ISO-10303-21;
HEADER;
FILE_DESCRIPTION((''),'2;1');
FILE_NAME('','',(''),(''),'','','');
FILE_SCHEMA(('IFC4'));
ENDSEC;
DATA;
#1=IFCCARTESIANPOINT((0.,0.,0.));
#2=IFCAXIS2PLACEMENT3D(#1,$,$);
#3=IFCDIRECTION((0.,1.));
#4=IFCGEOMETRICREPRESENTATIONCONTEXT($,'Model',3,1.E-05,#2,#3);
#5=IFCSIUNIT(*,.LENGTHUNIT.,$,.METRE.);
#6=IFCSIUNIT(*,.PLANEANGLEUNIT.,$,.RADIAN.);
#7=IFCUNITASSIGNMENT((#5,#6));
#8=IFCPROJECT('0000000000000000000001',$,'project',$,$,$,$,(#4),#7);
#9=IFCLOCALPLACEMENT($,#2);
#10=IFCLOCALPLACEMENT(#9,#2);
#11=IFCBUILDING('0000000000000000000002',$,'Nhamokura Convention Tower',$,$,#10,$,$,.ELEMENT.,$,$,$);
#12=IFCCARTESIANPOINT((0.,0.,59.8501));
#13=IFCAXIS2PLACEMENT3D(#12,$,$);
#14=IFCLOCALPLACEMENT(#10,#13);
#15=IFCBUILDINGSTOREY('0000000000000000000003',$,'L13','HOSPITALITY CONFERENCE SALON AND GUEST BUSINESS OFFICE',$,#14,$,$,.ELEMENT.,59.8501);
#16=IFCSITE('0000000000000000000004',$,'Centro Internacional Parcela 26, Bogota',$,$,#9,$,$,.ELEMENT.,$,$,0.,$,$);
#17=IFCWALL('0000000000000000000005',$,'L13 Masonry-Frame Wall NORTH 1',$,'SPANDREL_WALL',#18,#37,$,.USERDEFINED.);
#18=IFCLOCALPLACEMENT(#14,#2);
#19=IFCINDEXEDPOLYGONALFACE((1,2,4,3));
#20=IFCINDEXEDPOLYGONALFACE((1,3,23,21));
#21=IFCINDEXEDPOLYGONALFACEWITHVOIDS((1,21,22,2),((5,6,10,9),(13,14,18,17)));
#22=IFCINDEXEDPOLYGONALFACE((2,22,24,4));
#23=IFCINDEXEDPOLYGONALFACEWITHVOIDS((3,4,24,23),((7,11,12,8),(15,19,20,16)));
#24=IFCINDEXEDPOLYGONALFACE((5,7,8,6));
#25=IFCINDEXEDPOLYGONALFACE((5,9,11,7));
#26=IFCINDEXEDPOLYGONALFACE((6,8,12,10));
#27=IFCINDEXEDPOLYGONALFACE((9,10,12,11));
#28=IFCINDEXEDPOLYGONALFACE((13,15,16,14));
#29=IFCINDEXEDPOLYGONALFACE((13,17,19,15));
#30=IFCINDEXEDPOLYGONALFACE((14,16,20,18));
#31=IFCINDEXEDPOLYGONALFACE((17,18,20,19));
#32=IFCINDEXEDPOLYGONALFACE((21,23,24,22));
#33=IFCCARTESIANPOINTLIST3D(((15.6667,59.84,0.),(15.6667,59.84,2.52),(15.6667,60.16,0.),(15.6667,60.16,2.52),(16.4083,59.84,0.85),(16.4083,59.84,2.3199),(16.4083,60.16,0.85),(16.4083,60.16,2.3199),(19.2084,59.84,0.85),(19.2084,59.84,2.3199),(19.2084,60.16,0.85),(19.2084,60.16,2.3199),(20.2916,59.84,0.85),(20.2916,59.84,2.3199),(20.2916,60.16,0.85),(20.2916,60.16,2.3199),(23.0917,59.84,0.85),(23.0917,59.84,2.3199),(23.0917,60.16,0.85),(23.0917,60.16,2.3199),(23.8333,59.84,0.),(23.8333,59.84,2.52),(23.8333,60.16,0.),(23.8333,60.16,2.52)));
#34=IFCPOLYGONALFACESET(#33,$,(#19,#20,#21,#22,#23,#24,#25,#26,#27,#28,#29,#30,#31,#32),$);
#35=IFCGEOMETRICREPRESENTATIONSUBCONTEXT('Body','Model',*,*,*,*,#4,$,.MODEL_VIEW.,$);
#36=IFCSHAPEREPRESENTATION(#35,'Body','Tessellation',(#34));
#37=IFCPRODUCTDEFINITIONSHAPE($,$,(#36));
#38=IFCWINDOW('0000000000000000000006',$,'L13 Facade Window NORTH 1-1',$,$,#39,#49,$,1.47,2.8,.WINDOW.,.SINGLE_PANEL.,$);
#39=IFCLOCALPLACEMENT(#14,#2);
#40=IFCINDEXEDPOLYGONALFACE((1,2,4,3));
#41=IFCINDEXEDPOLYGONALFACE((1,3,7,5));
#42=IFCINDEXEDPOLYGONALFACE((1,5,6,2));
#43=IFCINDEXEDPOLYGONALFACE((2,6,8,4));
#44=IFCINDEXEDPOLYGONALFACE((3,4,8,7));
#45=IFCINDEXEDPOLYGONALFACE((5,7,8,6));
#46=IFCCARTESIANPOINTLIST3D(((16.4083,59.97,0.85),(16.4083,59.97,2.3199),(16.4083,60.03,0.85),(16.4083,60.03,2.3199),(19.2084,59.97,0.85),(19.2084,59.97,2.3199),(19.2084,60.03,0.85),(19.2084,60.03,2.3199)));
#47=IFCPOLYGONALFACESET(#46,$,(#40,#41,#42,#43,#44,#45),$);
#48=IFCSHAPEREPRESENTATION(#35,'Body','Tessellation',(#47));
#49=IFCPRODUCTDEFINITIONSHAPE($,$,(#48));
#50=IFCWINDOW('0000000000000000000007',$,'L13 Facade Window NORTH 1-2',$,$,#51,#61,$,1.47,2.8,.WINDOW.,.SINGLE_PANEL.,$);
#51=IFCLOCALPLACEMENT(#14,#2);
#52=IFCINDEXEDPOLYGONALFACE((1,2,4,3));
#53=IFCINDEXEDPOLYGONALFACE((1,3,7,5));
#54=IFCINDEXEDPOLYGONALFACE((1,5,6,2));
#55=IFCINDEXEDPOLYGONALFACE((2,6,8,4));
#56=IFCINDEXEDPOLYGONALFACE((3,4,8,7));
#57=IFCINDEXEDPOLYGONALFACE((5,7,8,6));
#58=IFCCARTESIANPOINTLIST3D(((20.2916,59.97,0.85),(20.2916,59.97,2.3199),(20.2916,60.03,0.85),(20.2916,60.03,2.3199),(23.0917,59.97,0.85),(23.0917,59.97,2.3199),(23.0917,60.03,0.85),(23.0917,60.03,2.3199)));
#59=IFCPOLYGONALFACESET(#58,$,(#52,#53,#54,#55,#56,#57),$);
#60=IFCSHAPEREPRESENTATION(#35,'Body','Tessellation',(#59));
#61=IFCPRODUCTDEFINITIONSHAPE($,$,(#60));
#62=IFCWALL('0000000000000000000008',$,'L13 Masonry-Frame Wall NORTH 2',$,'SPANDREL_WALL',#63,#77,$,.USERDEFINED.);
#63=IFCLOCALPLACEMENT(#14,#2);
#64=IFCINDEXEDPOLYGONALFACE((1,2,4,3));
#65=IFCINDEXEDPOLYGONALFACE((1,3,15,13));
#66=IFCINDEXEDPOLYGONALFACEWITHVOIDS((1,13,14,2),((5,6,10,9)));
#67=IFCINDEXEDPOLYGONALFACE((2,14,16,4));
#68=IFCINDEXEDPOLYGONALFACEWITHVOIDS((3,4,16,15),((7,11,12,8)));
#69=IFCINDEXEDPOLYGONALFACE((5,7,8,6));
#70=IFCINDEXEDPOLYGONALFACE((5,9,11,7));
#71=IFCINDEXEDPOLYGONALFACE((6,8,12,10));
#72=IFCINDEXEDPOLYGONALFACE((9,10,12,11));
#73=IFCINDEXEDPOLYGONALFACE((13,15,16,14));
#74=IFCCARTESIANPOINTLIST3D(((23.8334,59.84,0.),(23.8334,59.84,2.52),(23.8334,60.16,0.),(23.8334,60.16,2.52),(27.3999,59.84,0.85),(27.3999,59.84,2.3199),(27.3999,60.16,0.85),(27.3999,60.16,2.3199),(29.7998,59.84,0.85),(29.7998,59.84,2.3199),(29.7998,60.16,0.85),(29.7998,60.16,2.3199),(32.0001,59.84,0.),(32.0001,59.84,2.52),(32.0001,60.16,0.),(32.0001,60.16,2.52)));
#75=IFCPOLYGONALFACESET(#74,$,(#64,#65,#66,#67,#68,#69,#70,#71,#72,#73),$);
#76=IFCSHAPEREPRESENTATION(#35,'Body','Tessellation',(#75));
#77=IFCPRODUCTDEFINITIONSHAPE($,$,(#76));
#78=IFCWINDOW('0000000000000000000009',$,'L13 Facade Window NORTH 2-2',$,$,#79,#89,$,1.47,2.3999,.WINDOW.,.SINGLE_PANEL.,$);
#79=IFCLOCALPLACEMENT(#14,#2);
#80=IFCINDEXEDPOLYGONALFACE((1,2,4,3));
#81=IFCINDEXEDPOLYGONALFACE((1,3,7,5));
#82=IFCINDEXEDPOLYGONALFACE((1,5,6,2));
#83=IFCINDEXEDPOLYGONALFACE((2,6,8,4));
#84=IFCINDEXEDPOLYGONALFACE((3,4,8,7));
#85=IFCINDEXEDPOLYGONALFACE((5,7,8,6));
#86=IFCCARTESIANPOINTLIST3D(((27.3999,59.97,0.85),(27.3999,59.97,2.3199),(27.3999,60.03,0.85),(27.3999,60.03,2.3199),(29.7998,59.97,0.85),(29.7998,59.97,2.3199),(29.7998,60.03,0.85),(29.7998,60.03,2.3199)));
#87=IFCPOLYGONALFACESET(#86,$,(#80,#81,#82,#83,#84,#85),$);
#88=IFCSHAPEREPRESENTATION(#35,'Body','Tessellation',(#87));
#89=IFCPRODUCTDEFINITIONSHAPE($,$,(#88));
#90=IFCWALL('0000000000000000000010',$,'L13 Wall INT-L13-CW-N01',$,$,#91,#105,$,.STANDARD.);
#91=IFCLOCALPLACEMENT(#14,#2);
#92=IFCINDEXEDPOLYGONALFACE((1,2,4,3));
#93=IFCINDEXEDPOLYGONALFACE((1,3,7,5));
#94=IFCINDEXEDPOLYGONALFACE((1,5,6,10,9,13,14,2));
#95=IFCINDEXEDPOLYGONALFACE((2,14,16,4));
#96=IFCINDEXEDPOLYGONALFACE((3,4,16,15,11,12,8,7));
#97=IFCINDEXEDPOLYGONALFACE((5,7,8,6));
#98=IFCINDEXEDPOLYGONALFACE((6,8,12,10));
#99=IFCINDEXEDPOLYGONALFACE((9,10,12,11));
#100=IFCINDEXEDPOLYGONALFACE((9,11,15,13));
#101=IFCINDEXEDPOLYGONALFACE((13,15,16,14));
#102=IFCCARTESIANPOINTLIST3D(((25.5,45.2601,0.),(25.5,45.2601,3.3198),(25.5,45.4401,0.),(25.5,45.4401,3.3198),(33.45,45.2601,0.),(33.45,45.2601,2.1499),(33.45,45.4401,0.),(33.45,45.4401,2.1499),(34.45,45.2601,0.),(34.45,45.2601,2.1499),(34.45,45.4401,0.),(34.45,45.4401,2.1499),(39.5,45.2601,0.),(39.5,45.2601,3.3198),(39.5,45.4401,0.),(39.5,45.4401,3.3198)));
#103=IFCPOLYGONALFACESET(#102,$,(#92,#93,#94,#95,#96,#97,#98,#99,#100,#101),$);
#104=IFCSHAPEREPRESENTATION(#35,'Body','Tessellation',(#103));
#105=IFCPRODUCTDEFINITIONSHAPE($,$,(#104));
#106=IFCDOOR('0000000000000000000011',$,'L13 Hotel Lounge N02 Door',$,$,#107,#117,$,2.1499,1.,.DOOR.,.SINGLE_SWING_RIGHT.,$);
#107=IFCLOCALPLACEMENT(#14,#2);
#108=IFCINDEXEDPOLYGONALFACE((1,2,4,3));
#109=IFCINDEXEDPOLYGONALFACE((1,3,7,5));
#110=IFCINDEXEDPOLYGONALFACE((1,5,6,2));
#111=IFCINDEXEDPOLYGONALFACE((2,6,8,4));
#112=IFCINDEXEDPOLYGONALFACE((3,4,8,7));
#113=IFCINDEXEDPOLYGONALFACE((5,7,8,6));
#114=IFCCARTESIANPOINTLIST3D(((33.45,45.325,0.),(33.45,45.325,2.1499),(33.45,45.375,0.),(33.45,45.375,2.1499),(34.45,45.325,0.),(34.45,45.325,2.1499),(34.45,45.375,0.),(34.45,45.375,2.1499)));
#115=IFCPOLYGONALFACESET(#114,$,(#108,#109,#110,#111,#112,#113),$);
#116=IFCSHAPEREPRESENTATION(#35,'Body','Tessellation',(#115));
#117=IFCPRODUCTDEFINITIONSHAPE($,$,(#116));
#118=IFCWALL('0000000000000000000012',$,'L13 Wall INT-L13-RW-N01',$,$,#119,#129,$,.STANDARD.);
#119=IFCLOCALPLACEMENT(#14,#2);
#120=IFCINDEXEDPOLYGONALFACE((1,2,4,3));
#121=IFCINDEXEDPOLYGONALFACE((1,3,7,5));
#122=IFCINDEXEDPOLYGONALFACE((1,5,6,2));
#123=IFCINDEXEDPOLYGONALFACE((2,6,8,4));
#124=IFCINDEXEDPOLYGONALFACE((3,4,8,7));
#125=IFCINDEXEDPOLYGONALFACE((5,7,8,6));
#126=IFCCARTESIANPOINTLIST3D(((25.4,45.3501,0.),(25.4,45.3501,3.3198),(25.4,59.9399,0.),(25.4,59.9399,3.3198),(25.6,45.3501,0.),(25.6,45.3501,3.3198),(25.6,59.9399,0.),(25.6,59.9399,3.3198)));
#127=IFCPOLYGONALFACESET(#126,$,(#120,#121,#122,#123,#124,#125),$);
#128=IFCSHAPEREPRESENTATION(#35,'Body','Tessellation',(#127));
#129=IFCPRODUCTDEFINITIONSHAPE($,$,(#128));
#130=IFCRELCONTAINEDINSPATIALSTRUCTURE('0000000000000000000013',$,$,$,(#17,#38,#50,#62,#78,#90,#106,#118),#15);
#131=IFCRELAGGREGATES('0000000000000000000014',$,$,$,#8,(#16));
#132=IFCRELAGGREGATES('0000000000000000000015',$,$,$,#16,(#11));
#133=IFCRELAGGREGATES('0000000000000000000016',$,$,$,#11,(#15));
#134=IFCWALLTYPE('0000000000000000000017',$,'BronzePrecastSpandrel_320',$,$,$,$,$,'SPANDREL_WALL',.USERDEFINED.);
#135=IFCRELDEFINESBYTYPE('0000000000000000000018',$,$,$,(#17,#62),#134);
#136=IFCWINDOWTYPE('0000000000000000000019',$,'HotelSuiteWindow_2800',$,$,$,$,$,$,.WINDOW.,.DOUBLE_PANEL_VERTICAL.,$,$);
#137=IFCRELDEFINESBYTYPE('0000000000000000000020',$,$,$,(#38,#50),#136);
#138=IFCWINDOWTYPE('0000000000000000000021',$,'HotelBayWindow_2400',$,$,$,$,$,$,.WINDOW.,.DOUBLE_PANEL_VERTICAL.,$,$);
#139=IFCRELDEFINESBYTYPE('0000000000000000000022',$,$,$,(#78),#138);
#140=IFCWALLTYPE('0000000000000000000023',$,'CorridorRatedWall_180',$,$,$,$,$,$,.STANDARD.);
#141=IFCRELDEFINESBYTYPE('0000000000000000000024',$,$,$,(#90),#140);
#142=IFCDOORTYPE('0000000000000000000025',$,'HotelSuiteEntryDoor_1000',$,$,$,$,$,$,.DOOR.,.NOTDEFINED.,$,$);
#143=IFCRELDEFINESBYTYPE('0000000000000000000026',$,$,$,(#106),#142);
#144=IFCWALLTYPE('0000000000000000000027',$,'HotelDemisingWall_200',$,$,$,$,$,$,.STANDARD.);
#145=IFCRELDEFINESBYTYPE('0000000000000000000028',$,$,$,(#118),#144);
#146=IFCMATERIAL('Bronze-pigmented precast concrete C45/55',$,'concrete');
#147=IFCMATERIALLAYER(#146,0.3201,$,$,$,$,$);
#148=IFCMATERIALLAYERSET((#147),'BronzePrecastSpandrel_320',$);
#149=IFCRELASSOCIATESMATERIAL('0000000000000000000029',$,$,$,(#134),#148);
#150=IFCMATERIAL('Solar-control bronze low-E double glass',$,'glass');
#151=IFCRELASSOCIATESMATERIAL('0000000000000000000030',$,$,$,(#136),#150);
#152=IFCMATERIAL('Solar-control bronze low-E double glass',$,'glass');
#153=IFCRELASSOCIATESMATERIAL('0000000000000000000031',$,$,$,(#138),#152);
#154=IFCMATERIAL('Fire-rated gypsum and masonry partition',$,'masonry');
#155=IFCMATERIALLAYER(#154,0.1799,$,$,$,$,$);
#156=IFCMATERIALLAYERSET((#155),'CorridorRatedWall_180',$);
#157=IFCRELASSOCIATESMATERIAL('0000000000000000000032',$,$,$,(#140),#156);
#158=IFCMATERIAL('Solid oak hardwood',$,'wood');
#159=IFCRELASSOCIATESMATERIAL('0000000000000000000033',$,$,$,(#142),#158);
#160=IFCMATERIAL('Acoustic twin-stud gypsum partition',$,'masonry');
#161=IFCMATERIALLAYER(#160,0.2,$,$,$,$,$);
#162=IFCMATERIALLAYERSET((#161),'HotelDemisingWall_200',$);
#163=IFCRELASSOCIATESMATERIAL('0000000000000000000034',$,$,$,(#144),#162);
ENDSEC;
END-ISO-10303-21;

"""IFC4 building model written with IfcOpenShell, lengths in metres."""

from ifc_helpers import new_model, si_unit, direction, frame, frame_2d, origin, place, context, subcontext, project, spatial, rectangle, extrude, material, layer, layer_set, type_object, element, fill, save


model = new_model("IFC4")

# Units and contexts
model_context = context("Model", 3, precision=1e-05, world=origin(), true_north=direction((0.0, 1.0)))
body_context = subcontext(model_context, "Body", "Model", "MODEL_VIEW")
ifc_project = project(units=[si_unit("LENGTHUNIT", "METRE"), si_unit("PLANEANGLEUNIT", "RADIAN")], contexts=[model_context])

# Site, building, storey
site_placement = place(None, origin())
site = spatial("IfcSite", under=ifc_project, at=site_placement, Name="Centro Internacional Parcela 26, Bogota", CompositionType="ELEMENT", RefElevation=0.0)
building_placement = place(site_placement, origin())
building = spatial("IfcBuilding", under=site, at=building_placement, Name="Nhamokura Convention Tower", CompositionType="ELEMENT")
storey_placement = place(building_placement, frame((0.0, 0.0, 59.8501)))
storey = spatial("IfcBuildingStorey", under=building, at=storey_placement, Name="L13", Description="HOSPITALITY CONFERENCE SALON AND GUEST BUSINESS OFFICE", CompositionType="ELEMENT", Elevation=59.8501)

# Shared definitions
ifc_material_1 = material(Name="Bronze-pigmented precast concrete C45/55", Category="concrete")
ifc_layer_1 = layer(ifc_material_1, 0.3201)
ifc_layer_set_1 = layer_set([ifc_layer_1], Name="BronzePrecastSpandrel_320")
wall_type_1 = type_object("IfcWallType", Name="BronzePrecastSpandrel_320", ElementType="SPANDREL_WALL", PredefinedType="USERDEFINED", material=ifc_layer_set_1)

# Wall, openings, windows
wall_1_placement = place(storey_placement, frame((15.6667, 60.0, 0.0), z_axis=(0.0, 0.0, 1.0), x_axis=(1.0, 0.0, 0.0)))
wall_1 = element("IfcWall", 1, at=wall_1_placement, inside=storey, type_object=wall_type_1, Name="L13 Masonry-Frame Wall NORTH 1", ObjectType="SPANDREL_WALL", PredefinedType="USERDEFINED", context=body_context, shape_type="SweptSolid", body=[
    extrude(rectangle(XDim=8.1665, YDim=0.3201, at=frame_2d((4.0833, 0.0))), origin(), (0.0, 0.0, 1.0), 2.52),
])
opening_1_placement = place(wall_1_placement, frame((0.7417, 0.0, 0.8501)))
opening_1 = element("IfcOpeningElement", 2, at=opening_1_placement, cuts=wall_1, PredefinedType="OPENING", context=body_context, shape_type="SweptSolid", body=[
    extrude(rectangle(XDim=2.8, YDim=1.47, at=frame_2d((1.3999, 0.7349))), frame((0.0, 0.1699, 0.0), z_axis=(0.0, -1.0, 0.0), x_axis=(1.0, 0.0, 0.0)), (0.0, 0.0, 1.0), 0.3401),
])
opening_2_placement = place(wall_1_placement, frame((4.625, 0.0, 0.8501)))
opening_2 = element("IfcOpeningElement", 3, at=opening_2_placement, cuts=wall_1, PredefinedType="OPENING", context=body_context, shape_type="SweptSolid", body=[
    extrude(rectangle(XDim=2.8, YDim=1.47, at=frame_2d((1.3999, 0.7349))), frame((0.0, 0.1699, 0.0), z_axis=(0.0, -1.0, 0.0), x_axis=(1.0, 0.0, 0.0)), (0.0, 0.0, 1.0), 0.3401),
])
ifc_material_2 = material(Name="Solar-control bronze low-E double glass", Category="glass")
window_type_1 = type_object("IfcWindowType", Name="HotelSuiteWindow_2800", PartitioningType="DOUBLE_PANEL_VERTICAL", PredefinedType="WINDOW", material=ifc_material_2)
window_1_placement = place(opening_1_placement, origin())
window_1 = element("IfcWindow", 4, at=window_1_placement, inside=storey, type_object=window_type_1, Name="L13 Facade Window NORTH 1-1", OverallHeight=1.47, OverallWidth=2.8, PartitioningType="SINGLE_PANEL", PredefinedType="WINDOW", context=body_context, shape_type="SweptSolid", body=[
    extrude(rectangle(XDim=2.8, YDim=1.47, at=frame_2d((1.3999, 0.7349))), frame((0.0, 0.03, 0.0), z_axis=(0.0, -1.0, 0.0), x_axis=(1.0, 0.0, 0.0)), (0.0, 0.0, 1.0), 0.0601),
])
fill(opening_1, window_1)
window_2_placement = place(opening_2_placement, origin())
window_2 = element("IfcWindow", 5, at=window_2_placement, inside=storey, type_object=window_type_1, Name="L13 Facade Window NORTH 1-2", OverallHeight=1.47, OverallWidth=2.8, PartitioningType="SINGLE_PANEL", PredefinedType="WINDOW", context=body_context, shape_type="SweptSolid", body=[
    extrude(rectangle(XDim=2.8, YDim=1.47, at=frame_2d((1.3999, 0.7349))), frame((0.0, 0.03, 0.0), z_axis=(0.0, -1.0, 0.0), x_axis=(1.0, 0.0, 0.0)), (0.0, 0.0, 1.0), 0.0601),
])
fill(opening_2, window_2)

# Wall, opening, window
wall_2_placement = place(storey_placement, frame((23.8333, 60.0, 0.0), z_axis=(0.0, 0.0, 1.0), x_axis=(1.0, 0.0, 0.0)))
wall_2 = element("IfcWall", 6, at=wall_2_placement, inside=storey, type_object=wall_type_1, Name="L13 Masonry-Frame Wall NORTH 2", ObjectType="SPANDREL_WALL", PredefinedType="USERDEFINED", context=body_context, shape_type="SweptSolid", body=[
    extrude(rectangle(XDim=8.1667, YDim=0.3201, at=frame_2d((4.0835, 0.0))), origin(), (0.0, 0.0, 1.0), 2.52),
])
opening_3_placement = place(wall_2_placement, frame((3.5667, 0.0, 0.8501)))
opening_3 = element("IfcOpeningElement", 7, at=opening_3_placement, cuts=wall_2, PredefinedType="OPENING", context=body_context, shape_type="SweptSolid", body=[
    extrude(rectangle(XDim=2.3999, YDim=1.47, at=frame_2d((1.2, 0.7349))), frame((0.0, 0.1699, 0.0), z_axis=(0.0, -1.0, 0.0), x_axis=(1.0, 0.0, 0.0)), (0.0, 0.0, 1.0), 0.3401),
])
ifc_material_3 = material(Name="Solar-control bronze low-E double glass", Category="glass")
window_type_2 = type_object("IfcWindowType", Name="HotelBayWindow_2400", PartitioningType="DOUBLE_PANEL_VERTICAL", PredefinedType="WINDOW", material=ifc_material_3)
window_3_placement = place(opening_3_placement, origin())
window_3 = element("IfcWindow", 8, at=window_3_placement, inside=storey, type_object=window_type_2, Name="L13 Facade Window NORTH 2-2", OverallHeight=1.47, OverallWidth=2.3999, PartitioningType="SINGLE_PANEL", PredefinedType="WINDOW", context=body_context, shape_type="SweptSolid", body=[
    extrude(rectangle(XDim=2.3999, YDim=1.47, at=frame_2d((1.2, 0.7349))), frame((0.0, 0.03, 0.0), z_axis=(0.0, -1.0, 0.0), x_axis=(1.0, 0.0, 0.0)), (0.0, 0.0, 1.0), 0.0601),
])
fill(opening_3, window_3)

# Wall, opening, door
ifc_material_4 = material(Name="Fire-rated gypsum and masonry partition", Category="masonry")
ifc_layer_2 = layer(ifc_material_4, 0.1799)
ifc_layer_set_2 = layer_set([ifc_layer_2], Name="CorridorRatedWall_180")
wall_type_2 = type_object("IfcWallType", Name="CorridorRatedWall_180", PredefinedType="STANDARD", material=ifc_layer_set_2)
wall_3_placement = place(storey_placement, frame((25.5, 45.3501, 0.0), z_axis=(0.0, 0.0, 1.0), x_axis=(1.0, 0.0, 0.0)))
wall_3 = element("IfcWall", 9, at=wall_3_placement, inside=storey, type_object=wall_type_2, Name="L13 Wall INT-L13-CW-N01", PredefinedType="STANDARD", context=body_context, shape_type="SweptSolid", body=[
    extrude(rectangle(XDim=14.0, YDim=0.1799, at=frame_2d((7.0, 0.0))), origin(), (0.0, 0.0, 1.0), 3.3198),
])
opening_4_placement = place(wall_3_placement, frame((7.95, 0.0, 0.0)))
opening_4 = element("IfcOpeningElement", 10, at=opening_4_placement, cuts=wall_3, PredefinedType="OPENING", context=body_context, shape_type="SweptSolid", body=[
    extrude(rectangle(XDim=1.0, YDim=2.1499, at=frame_2d((0.5, 1.075))), frame((0.0, 0.0999, 0.0), z_axis=(0.0, -1.0, 0.0), x_axis=(1.0, 0.0, 0.0)), (0.0, 0.0, 1.0), 0.2),
])
ifc_material_5 = material(Name="Solid oak hardwood", Category="wood")
door_type = type_object("IfcDoorType", Name="HotelSuiteEntryDoor_1000", OperationType="NOTDEFINED", PredefinedType="DOOR", material=ifc_material_5)
door_placement = place(opening_4_placement, origin())
door = element("IfcDoor", 11, at=door_placement, inside=storey, type_object=door_type, Name="L13 Hotel Lounge N02 Door", OperationType="SINGLE_SWING_RIGHT", OverallHeight=2.1499, OverallWidth=1.0, PredefinedType="DOOR", context=body_context, shape_type="SweptSolid", body=[
    extrude(rectangle(XDim=1.0, YDim=2.1499, at=frame_2d((0.5, 1.075))), frame((0.0, 0.0249, 0.0), z_axis=(0.0, -1.0, 0.0), x_axis=(1.0, 0.0, 0.0)), (0.0, 0.0, 1.0), 0.05),
])
fill(opening_4, door)

# Wall
ifc_material_6 = material(Name="Acoustic twin-stud gypsum partition", Category="masonry")
ifc_layer_3 = layer(ifc_material_6, 0.2)
ifc_layer_set_3 = layer_set([ifc_layer_3], Name="HotelDemisingWall_200")
wall_type_3 = type_object("IfcWallType", Name="HotelDemisingWall_200", PredefinedType="STANDARD", material=ifc_layer_set_3)
wall_4_placement = place(storey_placement, frame((25.5, 45.3501, 0.0), z_axis=(0.0, 0.0, 1.0), x_axis=(0.0, 1.0, 0.0)))
element("IfcWall", 12, at=wall_4_placement, inside=storey, type_object=wall_type_3, Name="L13 Wall INT-L13-RW-N01", PredefinedType="STANDARD", context=body_context, shape_type="SweptSolid", body=[
    extrude(rectangle(XDim=14.5898, YDim=0.2, at=frame_2d((7.2949, 0.0))), origin(), (0.0, 0.0, 1.0), 3.3198),
])

save(model, "model.ifc")
